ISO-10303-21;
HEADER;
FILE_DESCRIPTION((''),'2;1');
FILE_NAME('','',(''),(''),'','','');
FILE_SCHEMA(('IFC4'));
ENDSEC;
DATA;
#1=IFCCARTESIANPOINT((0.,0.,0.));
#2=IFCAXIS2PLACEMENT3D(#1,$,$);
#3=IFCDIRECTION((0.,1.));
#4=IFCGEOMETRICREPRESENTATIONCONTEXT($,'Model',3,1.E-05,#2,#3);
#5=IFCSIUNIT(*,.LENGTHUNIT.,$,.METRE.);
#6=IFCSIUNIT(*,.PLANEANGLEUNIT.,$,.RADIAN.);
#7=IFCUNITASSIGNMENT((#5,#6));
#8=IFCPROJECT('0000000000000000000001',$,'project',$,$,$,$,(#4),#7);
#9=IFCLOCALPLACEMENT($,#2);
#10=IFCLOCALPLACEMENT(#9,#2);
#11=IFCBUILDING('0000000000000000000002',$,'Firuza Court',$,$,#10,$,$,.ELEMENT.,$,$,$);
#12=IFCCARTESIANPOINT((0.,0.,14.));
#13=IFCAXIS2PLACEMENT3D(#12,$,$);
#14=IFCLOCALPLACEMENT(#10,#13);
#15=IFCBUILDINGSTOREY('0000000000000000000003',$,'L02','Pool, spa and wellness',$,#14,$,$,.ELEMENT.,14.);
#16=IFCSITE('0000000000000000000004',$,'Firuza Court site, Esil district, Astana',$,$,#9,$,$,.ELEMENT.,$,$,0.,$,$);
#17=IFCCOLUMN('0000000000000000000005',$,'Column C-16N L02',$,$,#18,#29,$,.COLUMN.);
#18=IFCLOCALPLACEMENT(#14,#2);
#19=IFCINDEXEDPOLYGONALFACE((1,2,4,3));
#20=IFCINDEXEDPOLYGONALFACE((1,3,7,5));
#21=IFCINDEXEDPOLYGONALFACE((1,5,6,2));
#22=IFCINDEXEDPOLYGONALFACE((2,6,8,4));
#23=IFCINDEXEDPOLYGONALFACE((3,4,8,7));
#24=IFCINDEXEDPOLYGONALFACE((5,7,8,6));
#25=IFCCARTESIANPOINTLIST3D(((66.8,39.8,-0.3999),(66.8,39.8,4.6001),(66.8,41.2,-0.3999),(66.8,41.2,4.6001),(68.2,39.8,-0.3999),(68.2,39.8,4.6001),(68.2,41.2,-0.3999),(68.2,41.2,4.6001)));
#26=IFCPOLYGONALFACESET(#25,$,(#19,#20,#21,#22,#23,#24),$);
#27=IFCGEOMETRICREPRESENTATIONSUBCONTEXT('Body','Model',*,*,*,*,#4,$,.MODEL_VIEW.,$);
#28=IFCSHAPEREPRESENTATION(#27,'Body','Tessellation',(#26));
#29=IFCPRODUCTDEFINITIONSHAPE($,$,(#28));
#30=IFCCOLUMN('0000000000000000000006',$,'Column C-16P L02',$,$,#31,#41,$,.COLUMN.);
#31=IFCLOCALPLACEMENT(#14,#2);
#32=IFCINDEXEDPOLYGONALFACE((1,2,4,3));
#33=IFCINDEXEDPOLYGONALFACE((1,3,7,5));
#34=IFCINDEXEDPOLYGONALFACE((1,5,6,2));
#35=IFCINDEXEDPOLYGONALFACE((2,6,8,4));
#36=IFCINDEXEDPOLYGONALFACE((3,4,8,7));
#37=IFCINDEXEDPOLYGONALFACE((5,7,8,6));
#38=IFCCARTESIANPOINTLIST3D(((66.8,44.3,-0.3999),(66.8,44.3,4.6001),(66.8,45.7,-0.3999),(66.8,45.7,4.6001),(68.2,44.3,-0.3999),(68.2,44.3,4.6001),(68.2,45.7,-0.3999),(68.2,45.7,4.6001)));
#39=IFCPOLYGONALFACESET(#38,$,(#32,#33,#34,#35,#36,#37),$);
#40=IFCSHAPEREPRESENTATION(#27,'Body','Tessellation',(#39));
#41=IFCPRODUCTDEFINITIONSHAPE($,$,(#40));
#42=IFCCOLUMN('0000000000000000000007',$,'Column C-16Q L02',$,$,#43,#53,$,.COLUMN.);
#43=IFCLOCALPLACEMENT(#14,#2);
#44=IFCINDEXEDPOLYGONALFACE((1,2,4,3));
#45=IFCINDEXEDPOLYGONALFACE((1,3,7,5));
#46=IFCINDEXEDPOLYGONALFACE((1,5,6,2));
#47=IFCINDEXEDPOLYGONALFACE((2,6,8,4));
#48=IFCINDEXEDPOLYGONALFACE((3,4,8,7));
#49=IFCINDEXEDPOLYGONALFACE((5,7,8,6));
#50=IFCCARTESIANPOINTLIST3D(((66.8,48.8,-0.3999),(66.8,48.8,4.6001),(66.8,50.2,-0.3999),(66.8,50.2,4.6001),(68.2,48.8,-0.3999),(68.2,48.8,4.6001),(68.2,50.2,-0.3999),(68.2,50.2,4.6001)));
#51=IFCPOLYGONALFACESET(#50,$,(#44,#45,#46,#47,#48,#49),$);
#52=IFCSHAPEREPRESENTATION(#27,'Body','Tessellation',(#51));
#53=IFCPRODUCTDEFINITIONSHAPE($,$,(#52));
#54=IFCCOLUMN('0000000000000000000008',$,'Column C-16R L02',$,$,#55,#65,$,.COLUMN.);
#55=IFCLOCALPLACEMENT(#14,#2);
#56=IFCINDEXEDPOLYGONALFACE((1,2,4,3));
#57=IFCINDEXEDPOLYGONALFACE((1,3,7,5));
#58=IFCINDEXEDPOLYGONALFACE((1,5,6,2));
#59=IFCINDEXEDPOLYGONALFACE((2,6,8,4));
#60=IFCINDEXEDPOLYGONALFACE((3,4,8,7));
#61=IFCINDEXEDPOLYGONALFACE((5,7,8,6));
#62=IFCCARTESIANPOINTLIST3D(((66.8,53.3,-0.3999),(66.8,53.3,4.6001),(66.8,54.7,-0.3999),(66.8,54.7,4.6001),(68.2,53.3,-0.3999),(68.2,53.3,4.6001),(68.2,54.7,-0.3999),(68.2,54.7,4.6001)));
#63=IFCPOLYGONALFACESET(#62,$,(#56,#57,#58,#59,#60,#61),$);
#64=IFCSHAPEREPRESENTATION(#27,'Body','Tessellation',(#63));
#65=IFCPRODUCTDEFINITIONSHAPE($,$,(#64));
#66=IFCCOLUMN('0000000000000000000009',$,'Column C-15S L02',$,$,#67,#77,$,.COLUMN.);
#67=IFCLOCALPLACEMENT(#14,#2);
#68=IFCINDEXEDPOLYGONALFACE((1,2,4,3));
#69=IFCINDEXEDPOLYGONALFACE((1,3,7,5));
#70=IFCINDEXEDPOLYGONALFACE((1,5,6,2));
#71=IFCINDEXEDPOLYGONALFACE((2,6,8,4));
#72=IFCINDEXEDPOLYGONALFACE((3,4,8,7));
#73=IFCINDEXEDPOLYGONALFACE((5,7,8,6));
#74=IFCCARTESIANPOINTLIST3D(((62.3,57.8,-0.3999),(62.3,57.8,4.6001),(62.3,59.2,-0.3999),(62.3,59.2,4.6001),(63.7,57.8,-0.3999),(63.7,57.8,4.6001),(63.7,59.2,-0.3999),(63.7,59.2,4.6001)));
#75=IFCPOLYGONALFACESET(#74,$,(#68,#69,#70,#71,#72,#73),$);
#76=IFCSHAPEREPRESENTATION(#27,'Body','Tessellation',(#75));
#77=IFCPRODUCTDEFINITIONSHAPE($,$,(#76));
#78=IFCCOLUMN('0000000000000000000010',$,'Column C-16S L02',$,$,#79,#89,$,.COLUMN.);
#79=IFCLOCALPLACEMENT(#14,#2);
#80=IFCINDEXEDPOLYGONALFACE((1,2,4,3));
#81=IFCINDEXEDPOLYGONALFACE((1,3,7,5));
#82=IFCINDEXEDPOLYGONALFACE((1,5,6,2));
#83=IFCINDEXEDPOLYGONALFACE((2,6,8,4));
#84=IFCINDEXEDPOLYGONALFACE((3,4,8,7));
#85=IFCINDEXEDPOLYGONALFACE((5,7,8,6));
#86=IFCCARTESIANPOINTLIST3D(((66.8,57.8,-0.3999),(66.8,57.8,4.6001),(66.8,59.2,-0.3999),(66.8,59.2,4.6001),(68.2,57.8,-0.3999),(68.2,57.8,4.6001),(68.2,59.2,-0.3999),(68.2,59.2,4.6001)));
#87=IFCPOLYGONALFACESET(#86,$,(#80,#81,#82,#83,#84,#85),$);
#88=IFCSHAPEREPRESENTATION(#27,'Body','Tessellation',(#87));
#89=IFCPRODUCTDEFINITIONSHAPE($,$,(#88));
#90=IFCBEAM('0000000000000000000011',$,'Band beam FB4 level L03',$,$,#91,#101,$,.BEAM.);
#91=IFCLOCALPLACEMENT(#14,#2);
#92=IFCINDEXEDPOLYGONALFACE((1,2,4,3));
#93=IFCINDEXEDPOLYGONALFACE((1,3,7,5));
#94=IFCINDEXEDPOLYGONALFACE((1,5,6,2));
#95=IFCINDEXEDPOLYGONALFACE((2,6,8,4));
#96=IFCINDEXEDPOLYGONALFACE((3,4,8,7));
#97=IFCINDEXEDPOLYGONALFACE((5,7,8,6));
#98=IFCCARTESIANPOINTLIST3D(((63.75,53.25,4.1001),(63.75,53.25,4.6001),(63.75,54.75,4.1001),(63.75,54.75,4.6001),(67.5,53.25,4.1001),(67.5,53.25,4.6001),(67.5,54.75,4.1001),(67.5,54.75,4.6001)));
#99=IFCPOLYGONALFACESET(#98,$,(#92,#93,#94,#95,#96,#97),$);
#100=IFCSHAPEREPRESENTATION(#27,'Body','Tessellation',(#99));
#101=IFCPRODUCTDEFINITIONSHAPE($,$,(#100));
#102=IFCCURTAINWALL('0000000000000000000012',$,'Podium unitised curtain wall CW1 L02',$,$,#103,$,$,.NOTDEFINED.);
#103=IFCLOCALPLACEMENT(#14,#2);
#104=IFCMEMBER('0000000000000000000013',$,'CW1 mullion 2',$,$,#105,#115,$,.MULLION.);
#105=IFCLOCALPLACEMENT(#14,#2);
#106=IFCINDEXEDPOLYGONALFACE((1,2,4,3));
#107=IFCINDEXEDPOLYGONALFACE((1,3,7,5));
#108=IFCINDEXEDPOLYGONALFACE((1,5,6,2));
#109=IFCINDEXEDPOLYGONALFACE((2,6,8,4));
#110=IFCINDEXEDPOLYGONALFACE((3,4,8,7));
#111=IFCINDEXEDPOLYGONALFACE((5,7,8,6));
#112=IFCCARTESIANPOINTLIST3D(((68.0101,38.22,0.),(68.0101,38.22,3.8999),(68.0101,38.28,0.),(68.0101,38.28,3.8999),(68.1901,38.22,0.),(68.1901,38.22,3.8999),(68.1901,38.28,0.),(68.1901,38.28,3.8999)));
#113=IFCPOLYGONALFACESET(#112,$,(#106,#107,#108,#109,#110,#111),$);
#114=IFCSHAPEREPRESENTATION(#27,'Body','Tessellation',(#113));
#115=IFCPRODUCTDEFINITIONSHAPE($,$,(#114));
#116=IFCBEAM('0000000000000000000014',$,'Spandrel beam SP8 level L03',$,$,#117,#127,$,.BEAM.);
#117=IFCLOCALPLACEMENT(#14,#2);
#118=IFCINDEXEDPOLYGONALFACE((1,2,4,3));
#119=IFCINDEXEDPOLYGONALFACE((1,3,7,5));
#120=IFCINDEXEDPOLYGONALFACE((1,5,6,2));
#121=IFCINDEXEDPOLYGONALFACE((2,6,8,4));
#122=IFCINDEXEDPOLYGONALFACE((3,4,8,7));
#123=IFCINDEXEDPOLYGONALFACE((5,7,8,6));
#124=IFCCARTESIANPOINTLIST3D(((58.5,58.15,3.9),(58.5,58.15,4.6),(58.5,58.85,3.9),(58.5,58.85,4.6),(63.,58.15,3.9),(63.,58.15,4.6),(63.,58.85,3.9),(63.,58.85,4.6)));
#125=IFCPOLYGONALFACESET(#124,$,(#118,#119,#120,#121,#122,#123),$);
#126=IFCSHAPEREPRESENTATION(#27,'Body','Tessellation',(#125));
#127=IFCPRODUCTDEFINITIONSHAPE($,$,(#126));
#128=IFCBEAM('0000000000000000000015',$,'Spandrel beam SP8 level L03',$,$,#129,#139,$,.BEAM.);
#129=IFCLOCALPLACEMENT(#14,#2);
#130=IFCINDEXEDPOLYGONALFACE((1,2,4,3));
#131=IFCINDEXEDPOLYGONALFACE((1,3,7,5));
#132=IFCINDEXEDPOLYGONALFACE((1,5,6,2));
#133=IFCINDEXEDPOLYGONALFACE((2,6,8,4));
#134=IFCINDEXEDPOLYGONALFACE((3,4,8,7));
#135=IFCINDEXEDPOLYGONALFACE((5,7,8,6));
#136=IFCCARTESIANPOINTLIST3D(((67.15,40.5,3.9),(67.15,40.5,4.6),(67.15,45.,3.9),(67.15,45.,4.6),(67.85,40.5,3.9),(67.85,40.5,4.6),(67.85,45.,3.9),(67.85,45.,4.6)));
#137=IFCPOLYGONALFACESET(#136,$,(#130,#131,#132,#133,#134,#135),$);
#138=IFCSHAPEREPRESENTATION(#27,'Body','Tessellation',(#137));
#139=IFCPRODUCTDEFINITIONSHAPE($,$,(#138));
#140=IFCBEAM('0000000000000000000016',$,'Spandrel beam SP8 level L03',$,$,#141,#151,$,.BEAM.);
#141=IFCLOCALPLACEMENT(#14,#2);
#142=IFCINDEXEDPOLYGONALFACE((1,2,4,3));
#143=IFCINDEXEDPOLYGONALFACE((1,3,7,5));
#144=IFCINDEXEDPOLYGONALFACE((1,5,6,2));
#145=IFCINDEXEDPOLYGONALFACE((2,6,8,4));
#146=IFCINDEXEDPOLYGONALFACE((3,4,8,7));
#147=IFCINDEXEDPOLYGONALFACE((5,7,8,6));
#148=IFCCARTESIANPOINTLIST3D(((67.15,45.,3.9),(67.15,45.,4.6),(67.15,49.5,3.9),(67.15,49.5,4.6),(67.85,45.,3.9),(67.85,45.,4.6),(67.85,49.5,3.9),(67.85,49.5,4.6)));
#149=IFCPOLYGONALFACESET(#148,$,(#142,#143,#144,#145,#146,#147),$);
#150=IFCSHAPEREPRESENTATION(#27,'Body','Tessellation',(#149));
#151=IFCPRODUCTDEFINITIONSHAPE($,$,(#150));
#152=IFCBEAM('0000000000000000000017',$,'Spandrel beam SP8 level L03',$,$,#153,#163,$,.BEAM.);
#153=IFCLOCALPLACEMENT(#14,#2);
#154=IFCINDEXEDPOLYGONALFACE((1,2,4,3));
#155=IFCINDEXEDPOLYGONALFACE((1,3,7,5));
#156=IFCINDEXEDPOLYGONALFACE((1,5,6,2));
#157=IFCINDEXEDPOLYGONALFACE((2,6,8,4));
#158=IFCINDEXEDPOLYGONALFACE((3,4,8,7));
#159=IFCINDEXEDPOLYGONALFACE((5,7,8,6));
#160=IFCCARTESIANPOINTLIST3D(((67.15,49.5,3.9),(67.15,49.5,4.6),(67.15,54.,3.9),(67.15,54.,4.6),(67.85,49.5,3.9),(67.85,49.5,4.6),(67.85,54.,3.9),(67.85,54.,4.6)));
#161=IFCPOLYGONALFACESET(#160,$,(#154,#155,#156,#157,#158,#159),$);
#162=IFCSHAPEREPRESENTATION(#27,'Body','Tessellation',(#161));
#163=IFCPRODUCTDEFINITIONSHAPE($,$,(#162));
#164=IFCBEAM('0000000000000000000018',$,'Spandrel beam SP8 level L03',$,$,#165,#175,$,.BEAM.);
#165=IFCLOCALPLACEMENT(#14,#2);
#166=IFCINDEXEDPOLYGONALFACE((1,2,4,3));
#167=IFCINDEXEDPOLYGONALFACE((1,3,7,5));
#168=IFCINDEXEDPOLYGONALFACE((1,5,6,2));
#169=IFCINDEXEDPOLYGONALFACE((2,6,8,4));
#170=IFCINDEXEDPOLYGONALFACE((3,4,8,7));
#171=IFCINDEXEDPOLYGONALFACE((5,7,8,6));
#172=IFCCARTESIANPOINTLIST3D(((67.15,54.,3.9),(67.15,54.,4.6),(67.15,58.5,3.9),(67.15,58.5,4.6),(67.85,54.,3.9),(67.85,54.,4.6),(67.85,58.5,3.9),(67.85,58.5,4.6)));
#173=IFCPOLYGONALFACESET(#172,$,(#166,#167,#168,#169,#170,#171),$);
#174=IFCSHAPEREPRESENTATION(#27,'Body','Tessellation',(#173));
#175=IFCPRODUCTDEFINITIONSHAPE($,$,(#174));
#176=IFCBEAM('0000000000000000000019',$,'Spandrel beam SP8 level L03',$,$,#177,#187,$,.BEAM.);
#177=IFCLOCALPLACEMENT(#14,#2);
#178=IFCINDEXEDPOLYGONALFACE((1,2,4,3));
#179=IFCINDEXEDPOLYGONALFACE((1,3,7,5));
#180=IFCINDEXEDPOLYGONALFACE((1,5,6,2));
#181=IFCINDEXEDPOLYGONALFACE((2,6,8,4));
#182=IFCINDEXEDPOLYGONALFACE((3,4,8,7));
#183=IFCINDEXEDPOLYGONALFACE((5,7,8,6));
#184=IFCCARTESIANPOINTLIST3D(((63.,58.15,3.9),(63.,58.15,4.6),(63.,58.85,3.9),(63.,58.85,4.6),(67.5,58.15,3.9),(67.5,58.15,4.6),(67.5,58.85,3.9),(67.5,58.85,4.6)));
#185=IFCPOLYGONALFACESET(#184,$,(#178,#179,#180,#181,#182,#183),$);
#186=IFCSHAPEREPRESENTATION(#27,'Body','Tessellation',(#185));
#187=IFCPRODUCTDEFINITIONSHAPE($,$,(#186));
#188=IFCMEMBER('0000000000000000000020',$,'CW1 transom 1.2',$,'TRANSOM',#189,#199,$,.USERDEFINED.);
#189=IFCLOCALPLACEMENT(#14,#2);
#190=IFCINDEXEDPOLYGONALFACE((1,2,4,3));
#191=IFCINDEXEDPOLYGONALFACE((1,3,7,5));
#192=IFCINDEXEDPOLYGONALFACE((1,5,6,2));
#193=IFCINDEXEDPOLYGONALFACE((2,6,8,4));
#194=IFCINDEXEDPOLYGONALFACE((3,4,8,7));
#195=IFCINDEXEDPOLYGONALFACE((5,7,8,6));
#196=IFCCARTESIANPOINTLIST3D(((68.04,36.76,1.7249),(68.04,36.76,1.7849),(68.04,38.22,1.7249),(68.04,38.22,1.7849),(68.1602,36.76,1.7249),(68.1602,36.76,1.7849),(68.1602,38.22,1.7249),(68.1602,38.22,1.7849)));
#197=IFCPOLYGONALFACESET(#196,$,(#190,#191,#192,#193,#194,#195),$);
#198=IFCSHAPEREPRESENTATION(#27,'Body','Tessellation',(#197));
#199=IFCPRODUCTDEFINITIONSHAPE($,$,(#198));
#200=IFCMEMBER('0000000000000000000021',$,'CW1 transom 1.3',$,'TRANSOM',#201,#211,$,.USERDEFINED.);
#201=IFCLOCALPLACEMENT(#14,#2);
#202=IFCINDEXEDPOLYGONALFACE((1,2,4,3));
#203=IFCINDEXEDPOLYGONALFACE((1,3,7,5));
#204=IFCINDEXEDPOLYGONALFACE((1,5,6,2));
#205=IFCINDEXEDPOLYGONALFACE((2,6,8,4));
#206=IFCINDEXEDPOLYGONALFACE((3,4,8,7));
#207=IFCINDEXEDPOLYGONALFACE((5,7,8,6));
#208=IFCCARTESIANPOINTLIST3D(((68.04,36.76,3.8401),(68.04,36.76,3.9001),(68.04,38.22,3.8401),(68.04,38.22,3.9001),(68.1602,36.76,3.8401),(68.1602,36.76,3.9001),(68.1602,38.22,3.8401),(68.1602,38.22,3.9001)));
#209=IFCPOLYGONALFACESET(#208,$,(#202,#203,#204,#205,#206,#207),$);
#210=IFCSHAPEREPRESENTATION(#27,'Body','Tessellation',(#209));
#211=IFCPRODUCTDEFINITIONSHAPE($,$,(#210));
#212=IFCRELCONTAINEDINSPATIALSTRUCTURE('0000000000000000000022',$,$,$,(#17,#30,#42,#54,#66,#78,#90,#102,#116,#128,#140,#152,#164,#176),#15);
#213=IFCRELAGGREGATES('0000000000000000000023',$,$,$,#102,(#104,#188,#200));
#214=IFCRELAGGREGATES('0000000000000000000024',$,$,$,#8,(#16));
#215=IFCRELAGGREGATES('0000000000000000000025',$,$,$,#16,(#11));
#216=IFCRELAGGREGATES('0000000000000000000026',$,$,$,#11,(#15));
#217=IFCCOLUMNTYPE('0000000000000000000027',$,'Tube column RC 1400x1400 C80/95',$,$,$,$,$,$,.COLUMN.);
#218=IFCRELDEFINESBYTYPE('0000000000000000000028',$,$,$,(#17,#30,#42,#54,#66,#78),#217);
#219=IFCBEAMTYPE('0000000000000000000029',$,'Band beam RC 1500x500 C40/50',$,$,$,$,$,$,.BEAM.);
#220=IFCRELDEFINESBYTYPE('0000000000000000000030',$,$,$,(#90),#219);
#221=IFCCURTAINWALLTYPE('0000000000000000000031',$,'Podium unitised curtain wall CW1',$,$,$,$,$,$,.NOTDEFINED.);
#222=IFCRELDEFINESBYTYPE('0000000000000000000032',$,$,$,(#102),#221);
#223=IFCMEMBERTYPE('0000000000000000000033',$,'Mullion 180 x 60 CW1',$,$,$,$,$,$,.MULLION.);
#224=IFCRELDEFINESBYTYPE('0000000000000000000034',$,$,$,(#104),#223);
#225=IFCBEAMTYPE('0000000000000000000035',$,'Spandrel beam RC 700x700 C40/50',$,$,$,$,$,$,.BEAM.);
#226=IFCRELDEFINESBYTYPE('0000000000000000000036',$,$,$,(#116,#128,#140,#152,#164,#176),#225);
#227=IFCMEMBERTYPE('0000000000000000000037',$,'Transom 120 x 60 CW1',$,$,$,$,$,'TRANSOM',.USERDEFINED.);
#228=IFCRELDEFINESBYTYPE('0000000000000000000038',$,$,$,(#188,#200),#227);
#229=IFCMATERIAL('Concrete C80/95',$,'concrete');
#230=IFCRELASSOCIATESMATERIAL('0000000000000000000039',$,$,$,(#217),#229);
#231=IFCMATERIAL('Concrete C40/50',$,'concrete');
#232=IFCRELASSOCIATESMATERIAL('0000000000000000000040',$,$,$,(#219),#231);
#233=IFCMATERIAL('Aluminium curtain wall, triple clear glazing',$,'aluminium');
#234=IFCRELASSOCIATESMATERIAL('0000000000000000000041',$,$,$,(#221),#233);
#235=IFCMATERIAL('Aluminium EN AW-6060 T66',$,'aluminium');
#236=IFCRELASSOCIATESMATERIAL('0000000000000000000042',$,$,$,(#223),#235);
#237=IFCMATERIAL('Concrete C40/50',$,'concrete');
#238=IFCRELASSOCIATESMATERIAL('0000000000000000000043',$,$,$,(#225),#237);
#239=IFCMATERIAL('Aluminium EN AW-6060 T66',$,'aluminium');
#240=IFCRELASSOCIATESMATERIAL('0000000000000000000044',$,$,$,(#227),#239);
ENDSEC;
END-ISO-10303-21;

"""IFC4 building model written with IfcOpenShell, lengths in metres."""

from ifc_helpers import new_model, si_unit, direction, frame, origin, origin_2d, place, context, subcontext, project, spatial, rectangle, extrude, material, material_profile, profile_set, type_object, element, aggregate, save


model = new_model("IFC4")

# Units and contexts
model_context = context("Model", 3, precision=1e-05, world=origin(), true_north=direction((0.0, 1.0)))
body_context = subcontext(model_context, "Body", "Model", "MODEL_VIEW")
ifc_project = project(units=[si_unit("LENGTHUNIT", "METRE"), si_unit("PLANEANGLEUNIT", "RADIAN")], contexts=[model_context])

# Site, building, storey
site_placement = place(None, origin())
site = spatial("IfcSite", under=ifc_project, at=site_placement, Name="Firuza Court site, Esil district, Astana", CompositionType="ELEMENT", RefElevation=0.0)
building_placement = place(site_placement, origin())
building = spatial("IfcBuilding", under=site, at=building_placement, Name="Firuza Court", CompositionType="ELEMENT")
storey_placement = place(building_placement, frame((0.0, 0.0, 14.0)))
storey = spatial("IfcBuildingStorey", under=building, at=storey_placement, Name="L02", Description="Pool, spa and wellness", CompositionType="ELEMENT", Elevation=14.0)

# Columns
ifc_material_1 = material(Name="Concrete C80/95", Category="concrete")
ifc_material_profile_1 = material_profile(ifc_material_1, rectangle(XDim=1.3999, YDim=1.3999, at=origin_2d()), Name="RC 1400x1400")
ifc_profile_set_1 = profile_set([ifc_material_profile_1], Name="Concrete C80/95")
column_type = type_object("IfcColumnType", Name="Tube column RC 1400x1400 C80/95", PredefinedType="COLUMN", material=ifc_profile_set_1)
for number, where, z_axis, x_axis, name in (
    (1, (67.5, 40.5, -0.3999), (0.0, 0.0, 1.0), (1.0, 0.0, 0.0), "Column C-16N L02"),
    (2, (67.5, 45.0, -0.3999), (0.0, 0.0, 1.0), (1.0, 0.0, 0.0), "Column C-16P L02"),
    (3, (67.5, 49.5, -0.3999), (0.0, 0.0, 1.0), (1.0, 0.0, 0.0), "Column C-16Q L02"),
    (4, (67.5, 54.0, -0.3999), (0.0, 0.0, 1.0), (1.0, 0.0, 0.0), "Column C-16R L02"),
    (5, (63.0, 58.5, -0.3999), (0.0, 0.0, 1.0), (1.0, 0.0, 0.0), "Column C-15S L02"),
    (6, (67.5, 58.5, -0.3999), (0.0, 0.0, 1.0), (1.0, 0.0, 0.0), "Column C-16S L02"),
):
    element("IfcColumn", number, at=place(storey_placement, frame(where, z_axis=z_axis, x_axis=x_axis)), inside=storey, type_object=column_type, Name=name, PredefinedType="COLUMN", context=body_context, shape_type="SweptSolid", body=[
        extrude(rectangle(XDim=1.3999, YDim=1.3999, at=origin_2d()), origin(), (0.0, 0.0, 1.0), 5.0),
    ])

# Beam
ifc_material_2 = material(Name="Concrete C40/50", Category="concrete")
ifc_material_profile_2 = material_profile(ifc_material_2, rectangle(XDim=1.5, YDim=0.5, at=origin_2d()), Name="RC 1500x500")
ifc_profile_set_2 = profile_set([ifc_material_profile_2], Name="Concrete C40/50")
beam_type_1 = type_object("IfcBeamType", Name="Band beam RC 1500x500 C40/50", PredefinedType="BEAM", material=ifc_profile_set_2)
beam_placement = place(storey_placement, frame((67.5, 54.0, 4.3501), z_axis=(-1.0, 0.0, 0.0), x_axis=(0.0, -1.0, 0.0)))
element("IfcBeam", 7, at=beam_placement, inside=storey, type_object=beam_type_1, Name="Band beam FB4 level L03", PredefinedType="BEAM", context=body_context, shape_type="SweptSolid", body=[
    extrude(rectangle(XDim=1.5, YDim=0.5, at=origin_2d()), origin(), (0.0, 0.0, 1.0), 3.75),
])

# Curtain wall, member
ifc_material_3 = material(Name="Aluminium curtain wall, triple clear glazing", Category="aluminium")
curtain_wall_type = type_object("IfcCurtainWallType", Name="Podium unitised curtain wall CW1", PredefinedType="NOTDEFINED", material=ifc_material_3)
curtain_wall_placement = place(storey_placement, origin())
curtain_wall = element("IfcCurtainWall", 8, at=curtain_wall_placement, inside=storey, type_object=curtain_wall_type, Name="Podium unitised curtain wall CW1 L02", PredefinedType="NOTDEFINED")
ifc_material_4 = material(Name="Aluminium EN AW-6060 T66", Category="aluminium")
ifc_material_profile_3 = material_profile(ifc_material_4, rectangle(XDim=0.1799, YDim=0.0601, at=origin_2d()), Name="Mullion 180 x 60 CW1")
ifc_profile_set_3 = profile_set([ifc_material_profile_3], Name="Aluminium EN AW-6060 T66")
member_type_1 = type_object("IfcMemberType", Name="Mullion 180 x 60 CW1", PredefinedType="MULLION", material=ifc_profile_set_3)
member_1_placement = place(storey_placement, frame((68.1001, 38.25, 0.0), z_axis=(0.0, 0.0, 1.0), x_axis=(-1.0, 0.0, 0.0)))
member_1 = element("IfcMember", 9, at=member_1_placement, type_object=member_type_1, Name="CW1 mullion 2", PredefinedType="MULLION", context=body_context, shape_type="SweptSolid", body=[
    extrude(rectangle(XDim=0.1799, YDim=0.0601, at=origin_2d()), origin(), (0.0, 0.0, 1.0), 3.8999),
])

# Beams
ifc_material_5 = material(Name="Concrete C40/50", Category="concrete")
ifc_material_profile_4 = material_profile(ifc_material_5, rectangle(XDim=0.7, YDim=0.7, at=origin_2d()), Name="RC 700x700")
ifc_profile_set_4 = profile_set([ifc_material_profile_4], Name="Concrete C40/50")
beam_type_2 = type_object("IfcBeamType", Name="Spandrel beam RC 700x700 C40/50", PredefinedType="BEAM", material=ifc_profile_set_4)
for number, where, z_axis, x_axis, name in (
    (10, (63.0, 58.5, 4.25), (-1.0, 0.0, 0.0), (0.0, -1.0, 0.0), "Spandrel beam SP8 level L03"),
    (11, (67.5, 40.5, 4.25), (0.0, 1.0, 0.0), (-1.0, 0.0, 0.0), "Spandrel beam SP8 level L03"),
    (12, (67.5, 45.0, 4.25), (0.0, 1.0, 0.0), (-1.0, 0.0, 0.0), "Spandrel beam SP8 level L03"),
    (13, (67.5, 49.5, 4.25), (0.0, 1.0, 0.0), (-1.0, 0.0, 0.0), "Spandrel beam SP8 level L03"),
    (14, (67.5, 54.0, 4.25), (0.0, 1.0, 0.0), (-1.0, 0.0, 0.0), "Spandrel beam SP8 level L03"),
    (15, (67.5, 58.5, 4.25), (-1.0, 0.0, 0.0), (0.0, -1.0, 0.0), "Spandrel beam SP8 level L03"),
):
    element("IfcBeam", number, at=place(storey_placement, frame(where, z_axis=z_axis, x_axis=x_axis)), inside=storey, type_object=beam_type_2, Name=name, PredefinedType="BEAM", context=body_context, shape_type="SweptSolid", body=[
        extrude(rectangle(XDim=0.7, YDim=0.7, at=origin_2d()), origin(), (0.0, 0.0, 1.0), 4.5),
    ])

# Members
ifc_material_6 = material(Name="Aluminium EN AW-6060 T66", Category="aluminium")
ifc_material_profile_5 = material_profile(ifc_material_6, rectangle(XDim=0.1201, YDim=0.0601, at=origin_2d()), Name="Transom 120 x 60 CW1")
ifc_profile_set_5 = profile_set([ifc_material_profile_5], Name="Aluminium EN AW-6060 T66")
member_type_2 = type_object("IfcMemberType", Name="Transom 120 x 60 CW1", ElementType="TRANSOM", PredefinedType="USERDEFINED", material=ifc_profile_set_5)
member_2_placement = place(storey_placement, frame((68.1001, 36.76, 1.7549), z_axis=(0.0, 1.0, 0.0), x_axis=(-1.0, 0.0, 0.0)))
member_2 = element("IfcMember", 16, at=member_2_placement, type_object=member_type_2, Name="CW1 transom 1.2", ObjectType="TRANSOM", PredefinedType="USERDEFINED", context=body_context, shape_type="SweptSolid", body=[
    extrude(rectangle(XDim=0.1201, YDim=0.0601, at=origin_2d()), origin(), (0.0, 0.0, 1.0), 1.46),
])
member_3_placement = place(storey_placement, frame((68.1001, 36.76, 3.8701), z_axis=(0.0, 1.0, 0.0), x_axis=(-1.0, 0.0, 0.0)))
member_3 = element("IfcMember", 17, at=member_3_placement, type_object=member_type_2, Name="CW1 transom 1.3", ObjectType="TRANSOM", PredefinedType="USERDEFINED", context=body_context, shape_type="SweptSolid", body=[
    extrude(rectangle(XDim=0.1201, YDim=0.0601, at=origin_2d()), origin(), (0.0, 0.0, 1.0), 1.46),
])

aggregate(curtain_wall, [member_1, member_2, member_3])

save(model, "model.ifc")
